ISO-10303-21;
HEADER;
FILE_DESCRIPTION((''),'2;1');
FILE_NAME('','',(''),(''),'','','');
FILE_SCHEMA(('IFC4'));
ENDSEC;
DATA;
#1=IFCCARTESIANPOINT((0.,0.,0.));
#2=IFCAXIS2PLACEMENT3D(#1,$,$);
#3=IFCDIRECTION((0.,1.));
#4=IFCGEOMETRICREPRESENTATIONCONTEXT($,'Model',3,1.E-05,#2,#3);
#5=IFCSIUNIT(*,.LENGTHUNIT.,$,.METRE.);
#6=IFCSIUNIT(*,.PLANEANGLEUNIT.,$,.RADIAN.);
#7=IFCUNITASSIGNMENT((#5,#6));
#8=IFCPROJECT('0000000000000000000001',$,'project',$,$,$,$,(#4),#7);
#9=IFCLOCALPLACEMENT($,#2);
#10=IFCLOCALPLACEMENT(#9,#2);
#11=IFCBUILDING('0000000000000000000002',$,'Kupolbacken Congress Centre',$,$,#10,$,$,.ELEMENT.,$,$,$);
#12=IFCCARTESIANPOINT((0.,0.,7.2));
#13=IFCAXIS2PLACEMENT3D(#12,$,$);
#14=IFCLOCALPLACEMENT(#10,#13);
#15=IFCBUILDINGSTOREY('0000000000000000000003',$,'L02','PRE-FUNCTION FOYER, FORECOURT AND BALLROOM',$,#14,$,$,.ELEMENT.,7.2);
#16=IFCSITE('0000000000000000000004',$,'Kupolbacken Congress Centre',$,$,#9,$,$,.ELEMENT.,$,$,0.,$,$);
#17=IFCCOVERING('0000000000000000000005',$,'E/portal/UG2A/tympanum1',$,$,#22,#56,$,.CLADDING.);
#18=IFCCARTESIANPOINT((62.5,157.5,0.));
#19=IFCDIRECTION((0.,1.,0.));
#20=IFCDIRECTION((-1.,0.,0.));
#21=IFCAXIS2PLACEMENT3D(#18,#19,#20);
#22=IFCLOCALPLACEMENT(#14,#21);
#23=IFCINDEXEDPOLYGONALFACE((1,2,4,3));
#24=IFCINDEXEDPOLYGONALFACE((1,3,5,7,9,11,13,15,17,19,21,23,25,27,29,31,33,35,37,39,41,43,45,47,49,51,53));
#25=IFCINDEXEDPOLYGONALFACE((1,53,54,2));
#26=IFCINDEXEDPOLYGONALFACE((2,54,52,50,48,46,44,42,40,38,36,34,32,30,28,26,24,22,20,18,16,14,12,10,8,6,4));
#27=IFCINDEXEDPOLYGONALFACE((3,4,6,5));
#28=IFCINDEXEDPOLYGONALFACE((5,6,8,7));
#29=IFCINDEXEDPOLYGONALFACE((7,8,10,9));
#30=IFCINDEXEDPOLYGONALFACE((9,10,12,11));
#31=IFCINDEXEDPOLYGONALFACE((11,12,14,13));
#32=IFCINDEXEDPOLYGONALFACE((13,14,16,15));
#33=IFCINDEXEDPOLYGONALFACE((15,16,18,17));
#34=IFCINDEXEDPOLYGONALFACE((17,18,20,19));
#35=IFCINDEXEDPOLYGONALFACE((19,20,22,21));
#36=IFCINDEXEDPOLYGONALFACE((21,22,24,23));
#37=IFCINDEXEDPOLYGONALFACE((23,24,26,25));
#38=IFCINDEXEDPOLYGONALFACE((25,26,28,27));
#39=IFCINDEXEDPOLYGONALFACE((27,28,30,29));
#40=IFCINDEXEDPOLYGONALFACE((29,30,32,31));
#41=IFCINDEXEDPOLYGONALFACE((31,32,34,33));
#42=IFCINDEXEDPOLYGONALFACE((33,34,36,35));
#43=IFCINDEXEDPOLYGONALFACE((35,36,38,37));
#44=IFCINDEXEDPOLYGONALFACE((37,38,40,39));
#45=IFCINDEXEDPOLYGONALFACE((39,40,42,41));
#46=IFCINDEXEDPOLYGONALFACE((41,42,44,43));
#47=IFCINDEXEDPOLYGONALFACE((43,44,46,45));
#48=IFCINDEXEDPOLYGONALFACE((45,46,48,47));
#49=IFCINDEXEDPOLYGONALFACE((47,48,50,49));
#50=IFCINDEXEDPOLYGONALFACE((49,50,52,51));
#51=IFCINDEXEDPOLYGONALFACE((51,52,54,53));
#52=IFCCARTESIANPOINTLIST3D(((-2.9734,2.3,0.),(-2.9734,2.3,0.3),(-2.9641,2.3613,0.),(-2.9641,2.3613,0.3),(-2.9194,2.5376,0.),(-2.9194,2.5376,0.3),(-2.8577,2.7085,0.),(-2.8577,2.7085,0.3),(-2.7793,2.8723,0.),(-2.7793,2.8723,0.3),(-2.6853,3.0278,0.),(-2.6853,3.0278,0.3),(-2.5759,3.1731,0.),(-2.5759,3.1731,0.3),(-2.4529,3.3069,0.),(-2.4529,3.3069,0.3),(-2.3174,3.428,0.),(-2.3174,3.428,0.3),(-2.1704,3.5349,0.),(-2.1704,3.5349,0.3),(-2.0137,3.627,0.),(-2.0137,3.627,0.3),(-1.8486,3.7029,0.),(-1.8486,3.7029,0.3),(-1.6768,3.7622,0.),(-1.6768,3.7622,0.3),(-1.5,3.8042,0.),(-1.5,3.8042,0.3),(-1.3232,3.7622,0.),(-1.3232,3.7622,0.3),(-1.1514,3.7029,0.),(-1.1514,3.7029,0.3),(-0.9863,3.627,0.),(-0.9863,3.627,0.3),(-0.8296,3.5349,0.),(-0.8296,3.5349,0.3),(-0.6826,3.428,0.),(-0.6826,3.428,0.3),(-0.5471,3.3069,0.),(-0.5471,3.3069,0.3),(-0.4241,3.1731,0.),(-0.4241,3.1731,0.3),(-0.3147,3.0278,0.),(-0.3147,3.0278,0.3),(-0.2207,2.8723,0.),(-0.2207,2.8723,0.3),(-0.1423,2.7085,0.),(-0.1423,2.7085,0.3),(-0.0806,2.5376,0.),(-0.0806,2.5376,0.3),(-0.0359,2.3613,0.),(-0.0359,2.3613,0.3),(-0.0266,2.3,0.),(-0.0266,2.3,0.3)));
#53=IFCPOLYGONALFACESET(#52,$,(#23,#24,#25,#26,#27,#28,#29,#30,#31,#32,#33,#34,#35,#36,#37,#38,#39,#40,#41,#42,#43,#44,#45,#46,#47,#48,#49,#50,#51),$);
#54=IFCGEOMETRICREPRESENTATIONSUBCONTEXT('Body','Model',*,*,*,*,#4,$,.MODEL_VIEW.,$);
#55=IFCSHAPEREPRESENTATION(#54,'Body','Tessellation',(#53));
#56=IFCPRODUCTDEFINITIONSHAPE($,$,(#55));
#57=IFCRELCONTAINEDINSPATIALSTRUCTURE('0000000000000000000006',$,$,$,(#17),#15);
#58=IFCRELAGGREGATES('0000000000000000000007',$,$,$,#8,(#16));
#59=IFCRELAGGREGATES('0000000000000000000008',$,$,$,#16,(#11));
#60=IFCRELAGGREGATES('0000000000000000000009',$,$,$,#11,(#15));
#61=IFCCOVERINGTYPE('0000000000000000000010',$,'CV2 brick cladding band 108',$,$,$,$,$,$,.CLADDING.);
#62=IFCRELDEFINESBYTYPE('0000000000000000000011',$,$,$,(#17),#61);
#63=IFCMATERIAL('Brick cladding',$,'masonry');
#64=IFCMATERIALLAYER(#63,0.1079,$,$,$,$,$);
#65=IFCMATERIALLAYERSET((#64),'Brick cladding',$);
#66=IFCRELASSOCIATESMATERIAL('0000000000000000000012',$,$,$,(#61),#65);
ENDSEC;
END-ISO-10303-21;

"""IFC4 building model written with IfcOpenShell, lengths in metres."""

from ifc_helpers import new_model, si_unit, direction, frame, origin, place, context, subcontext, project, spatial, polyline, outline, extrude, material, layer, layer_set, type_object, element, save


model = new_model("IFC4")

# Units and contexts
model_context = context("Model", 3, precision=1e-05, world=origin(), true_north=direction((0.0, 1.0)))
body_context = subcontext(model_context, "Body", "Model", "MODEL_VIEW")
ifc_project = project(units=[si_unit("LENGTHUNIT", "METRE"), si_unit("PLANEANGLEUNIT", "RADIAN")], contexts=[model_context])

# Site, building, storey
site_placement = place(None, origin())
site = spatial("IfcSite", under=ifc_project, at=site_placement, Name="Kupolbacken Congress Centre", CompositionType="ELEMENT", RefElevation=0.0)
building_placement = place(site_placement, origin())
building = spatial("IfcBuilding", under=site, at=building_placement, Name="Kupolbacken Congress Centre", CompositionType="ELEMENT")
storey_placement = place(building_placement, frame((0.0, 0.0, 7.2)))
storey = spatial("IfcBuildingStorey", under=building, at=storey_placement, Name="L02", Description="PRE-FUNCTION FOYER, FORECOURT AND BALLROOM", CompositionType="ELEMENT", Elevation=7.2)

# Covering
ifc_material_1 = material(Name="Brick cladding", Category="masonry")
ifc_layer_1 = layer(ifc_material_1, 0.1079)
ifc_layer_set_1 = layer_set([ifc_layer_1], Name="Brick cladding")
covering_type_1 = type_object("IfcCoveringType", Name="CV2 brick cladding band 108", PredefinedType="CLADDING", material=ifc_layer_set_1)
covering_1_placement = place(storey_placement, frame((62.5, 157.5, 0.0), z_axis=(0.0, 1.0, 0.0), x_axis=(-1.0, 0.0, 0.0)))
element("IfcCovering", 1, at=covering_1_placement, inside=storey, type_object=covering_type_1, Name="E/portal/UG2A/tympanum1", PredefinedType="CLADDING", context=body_context, shape_type="SweptSolid", body=[
    extrude(outline(polyline([(-0.0359, 2.3613), (-0.0806, 2.5376), (-0.1423, 2.7085), (-0.2207, 2.8723), (-0.3147, 3.0278), (-0.4241, 3.1731), (-0.5471, 3.3069), (-0.6826, 3.428), (-0.8296, 3.5349), (-0.9863, 3.627), (-1.1514, 3.7029), (-1.3232, 3.7622), (-1.5, 3.8042), (-1.6768, 3.7622), (-1.8486, 3.7029), (-2.0137, 3.627), (-2.1704, 3.5349), (-2.3174, 3.428), (-2.4529, 3.3069), (-2.5759, 3.1731), (-2.6853, 3.0278), (-2.7793, 2.8723), (-2.8577, 2.7085), (-2.9194, 2.5376), (-2.9641, 2.3613), (-2.9734, 2.3), (-0.0266, 2.3), (-0.0359, 2.3613)])), origin(), (0.0, 0.0, 1.0), 0.3),
])

save(model, "model.ifc")
